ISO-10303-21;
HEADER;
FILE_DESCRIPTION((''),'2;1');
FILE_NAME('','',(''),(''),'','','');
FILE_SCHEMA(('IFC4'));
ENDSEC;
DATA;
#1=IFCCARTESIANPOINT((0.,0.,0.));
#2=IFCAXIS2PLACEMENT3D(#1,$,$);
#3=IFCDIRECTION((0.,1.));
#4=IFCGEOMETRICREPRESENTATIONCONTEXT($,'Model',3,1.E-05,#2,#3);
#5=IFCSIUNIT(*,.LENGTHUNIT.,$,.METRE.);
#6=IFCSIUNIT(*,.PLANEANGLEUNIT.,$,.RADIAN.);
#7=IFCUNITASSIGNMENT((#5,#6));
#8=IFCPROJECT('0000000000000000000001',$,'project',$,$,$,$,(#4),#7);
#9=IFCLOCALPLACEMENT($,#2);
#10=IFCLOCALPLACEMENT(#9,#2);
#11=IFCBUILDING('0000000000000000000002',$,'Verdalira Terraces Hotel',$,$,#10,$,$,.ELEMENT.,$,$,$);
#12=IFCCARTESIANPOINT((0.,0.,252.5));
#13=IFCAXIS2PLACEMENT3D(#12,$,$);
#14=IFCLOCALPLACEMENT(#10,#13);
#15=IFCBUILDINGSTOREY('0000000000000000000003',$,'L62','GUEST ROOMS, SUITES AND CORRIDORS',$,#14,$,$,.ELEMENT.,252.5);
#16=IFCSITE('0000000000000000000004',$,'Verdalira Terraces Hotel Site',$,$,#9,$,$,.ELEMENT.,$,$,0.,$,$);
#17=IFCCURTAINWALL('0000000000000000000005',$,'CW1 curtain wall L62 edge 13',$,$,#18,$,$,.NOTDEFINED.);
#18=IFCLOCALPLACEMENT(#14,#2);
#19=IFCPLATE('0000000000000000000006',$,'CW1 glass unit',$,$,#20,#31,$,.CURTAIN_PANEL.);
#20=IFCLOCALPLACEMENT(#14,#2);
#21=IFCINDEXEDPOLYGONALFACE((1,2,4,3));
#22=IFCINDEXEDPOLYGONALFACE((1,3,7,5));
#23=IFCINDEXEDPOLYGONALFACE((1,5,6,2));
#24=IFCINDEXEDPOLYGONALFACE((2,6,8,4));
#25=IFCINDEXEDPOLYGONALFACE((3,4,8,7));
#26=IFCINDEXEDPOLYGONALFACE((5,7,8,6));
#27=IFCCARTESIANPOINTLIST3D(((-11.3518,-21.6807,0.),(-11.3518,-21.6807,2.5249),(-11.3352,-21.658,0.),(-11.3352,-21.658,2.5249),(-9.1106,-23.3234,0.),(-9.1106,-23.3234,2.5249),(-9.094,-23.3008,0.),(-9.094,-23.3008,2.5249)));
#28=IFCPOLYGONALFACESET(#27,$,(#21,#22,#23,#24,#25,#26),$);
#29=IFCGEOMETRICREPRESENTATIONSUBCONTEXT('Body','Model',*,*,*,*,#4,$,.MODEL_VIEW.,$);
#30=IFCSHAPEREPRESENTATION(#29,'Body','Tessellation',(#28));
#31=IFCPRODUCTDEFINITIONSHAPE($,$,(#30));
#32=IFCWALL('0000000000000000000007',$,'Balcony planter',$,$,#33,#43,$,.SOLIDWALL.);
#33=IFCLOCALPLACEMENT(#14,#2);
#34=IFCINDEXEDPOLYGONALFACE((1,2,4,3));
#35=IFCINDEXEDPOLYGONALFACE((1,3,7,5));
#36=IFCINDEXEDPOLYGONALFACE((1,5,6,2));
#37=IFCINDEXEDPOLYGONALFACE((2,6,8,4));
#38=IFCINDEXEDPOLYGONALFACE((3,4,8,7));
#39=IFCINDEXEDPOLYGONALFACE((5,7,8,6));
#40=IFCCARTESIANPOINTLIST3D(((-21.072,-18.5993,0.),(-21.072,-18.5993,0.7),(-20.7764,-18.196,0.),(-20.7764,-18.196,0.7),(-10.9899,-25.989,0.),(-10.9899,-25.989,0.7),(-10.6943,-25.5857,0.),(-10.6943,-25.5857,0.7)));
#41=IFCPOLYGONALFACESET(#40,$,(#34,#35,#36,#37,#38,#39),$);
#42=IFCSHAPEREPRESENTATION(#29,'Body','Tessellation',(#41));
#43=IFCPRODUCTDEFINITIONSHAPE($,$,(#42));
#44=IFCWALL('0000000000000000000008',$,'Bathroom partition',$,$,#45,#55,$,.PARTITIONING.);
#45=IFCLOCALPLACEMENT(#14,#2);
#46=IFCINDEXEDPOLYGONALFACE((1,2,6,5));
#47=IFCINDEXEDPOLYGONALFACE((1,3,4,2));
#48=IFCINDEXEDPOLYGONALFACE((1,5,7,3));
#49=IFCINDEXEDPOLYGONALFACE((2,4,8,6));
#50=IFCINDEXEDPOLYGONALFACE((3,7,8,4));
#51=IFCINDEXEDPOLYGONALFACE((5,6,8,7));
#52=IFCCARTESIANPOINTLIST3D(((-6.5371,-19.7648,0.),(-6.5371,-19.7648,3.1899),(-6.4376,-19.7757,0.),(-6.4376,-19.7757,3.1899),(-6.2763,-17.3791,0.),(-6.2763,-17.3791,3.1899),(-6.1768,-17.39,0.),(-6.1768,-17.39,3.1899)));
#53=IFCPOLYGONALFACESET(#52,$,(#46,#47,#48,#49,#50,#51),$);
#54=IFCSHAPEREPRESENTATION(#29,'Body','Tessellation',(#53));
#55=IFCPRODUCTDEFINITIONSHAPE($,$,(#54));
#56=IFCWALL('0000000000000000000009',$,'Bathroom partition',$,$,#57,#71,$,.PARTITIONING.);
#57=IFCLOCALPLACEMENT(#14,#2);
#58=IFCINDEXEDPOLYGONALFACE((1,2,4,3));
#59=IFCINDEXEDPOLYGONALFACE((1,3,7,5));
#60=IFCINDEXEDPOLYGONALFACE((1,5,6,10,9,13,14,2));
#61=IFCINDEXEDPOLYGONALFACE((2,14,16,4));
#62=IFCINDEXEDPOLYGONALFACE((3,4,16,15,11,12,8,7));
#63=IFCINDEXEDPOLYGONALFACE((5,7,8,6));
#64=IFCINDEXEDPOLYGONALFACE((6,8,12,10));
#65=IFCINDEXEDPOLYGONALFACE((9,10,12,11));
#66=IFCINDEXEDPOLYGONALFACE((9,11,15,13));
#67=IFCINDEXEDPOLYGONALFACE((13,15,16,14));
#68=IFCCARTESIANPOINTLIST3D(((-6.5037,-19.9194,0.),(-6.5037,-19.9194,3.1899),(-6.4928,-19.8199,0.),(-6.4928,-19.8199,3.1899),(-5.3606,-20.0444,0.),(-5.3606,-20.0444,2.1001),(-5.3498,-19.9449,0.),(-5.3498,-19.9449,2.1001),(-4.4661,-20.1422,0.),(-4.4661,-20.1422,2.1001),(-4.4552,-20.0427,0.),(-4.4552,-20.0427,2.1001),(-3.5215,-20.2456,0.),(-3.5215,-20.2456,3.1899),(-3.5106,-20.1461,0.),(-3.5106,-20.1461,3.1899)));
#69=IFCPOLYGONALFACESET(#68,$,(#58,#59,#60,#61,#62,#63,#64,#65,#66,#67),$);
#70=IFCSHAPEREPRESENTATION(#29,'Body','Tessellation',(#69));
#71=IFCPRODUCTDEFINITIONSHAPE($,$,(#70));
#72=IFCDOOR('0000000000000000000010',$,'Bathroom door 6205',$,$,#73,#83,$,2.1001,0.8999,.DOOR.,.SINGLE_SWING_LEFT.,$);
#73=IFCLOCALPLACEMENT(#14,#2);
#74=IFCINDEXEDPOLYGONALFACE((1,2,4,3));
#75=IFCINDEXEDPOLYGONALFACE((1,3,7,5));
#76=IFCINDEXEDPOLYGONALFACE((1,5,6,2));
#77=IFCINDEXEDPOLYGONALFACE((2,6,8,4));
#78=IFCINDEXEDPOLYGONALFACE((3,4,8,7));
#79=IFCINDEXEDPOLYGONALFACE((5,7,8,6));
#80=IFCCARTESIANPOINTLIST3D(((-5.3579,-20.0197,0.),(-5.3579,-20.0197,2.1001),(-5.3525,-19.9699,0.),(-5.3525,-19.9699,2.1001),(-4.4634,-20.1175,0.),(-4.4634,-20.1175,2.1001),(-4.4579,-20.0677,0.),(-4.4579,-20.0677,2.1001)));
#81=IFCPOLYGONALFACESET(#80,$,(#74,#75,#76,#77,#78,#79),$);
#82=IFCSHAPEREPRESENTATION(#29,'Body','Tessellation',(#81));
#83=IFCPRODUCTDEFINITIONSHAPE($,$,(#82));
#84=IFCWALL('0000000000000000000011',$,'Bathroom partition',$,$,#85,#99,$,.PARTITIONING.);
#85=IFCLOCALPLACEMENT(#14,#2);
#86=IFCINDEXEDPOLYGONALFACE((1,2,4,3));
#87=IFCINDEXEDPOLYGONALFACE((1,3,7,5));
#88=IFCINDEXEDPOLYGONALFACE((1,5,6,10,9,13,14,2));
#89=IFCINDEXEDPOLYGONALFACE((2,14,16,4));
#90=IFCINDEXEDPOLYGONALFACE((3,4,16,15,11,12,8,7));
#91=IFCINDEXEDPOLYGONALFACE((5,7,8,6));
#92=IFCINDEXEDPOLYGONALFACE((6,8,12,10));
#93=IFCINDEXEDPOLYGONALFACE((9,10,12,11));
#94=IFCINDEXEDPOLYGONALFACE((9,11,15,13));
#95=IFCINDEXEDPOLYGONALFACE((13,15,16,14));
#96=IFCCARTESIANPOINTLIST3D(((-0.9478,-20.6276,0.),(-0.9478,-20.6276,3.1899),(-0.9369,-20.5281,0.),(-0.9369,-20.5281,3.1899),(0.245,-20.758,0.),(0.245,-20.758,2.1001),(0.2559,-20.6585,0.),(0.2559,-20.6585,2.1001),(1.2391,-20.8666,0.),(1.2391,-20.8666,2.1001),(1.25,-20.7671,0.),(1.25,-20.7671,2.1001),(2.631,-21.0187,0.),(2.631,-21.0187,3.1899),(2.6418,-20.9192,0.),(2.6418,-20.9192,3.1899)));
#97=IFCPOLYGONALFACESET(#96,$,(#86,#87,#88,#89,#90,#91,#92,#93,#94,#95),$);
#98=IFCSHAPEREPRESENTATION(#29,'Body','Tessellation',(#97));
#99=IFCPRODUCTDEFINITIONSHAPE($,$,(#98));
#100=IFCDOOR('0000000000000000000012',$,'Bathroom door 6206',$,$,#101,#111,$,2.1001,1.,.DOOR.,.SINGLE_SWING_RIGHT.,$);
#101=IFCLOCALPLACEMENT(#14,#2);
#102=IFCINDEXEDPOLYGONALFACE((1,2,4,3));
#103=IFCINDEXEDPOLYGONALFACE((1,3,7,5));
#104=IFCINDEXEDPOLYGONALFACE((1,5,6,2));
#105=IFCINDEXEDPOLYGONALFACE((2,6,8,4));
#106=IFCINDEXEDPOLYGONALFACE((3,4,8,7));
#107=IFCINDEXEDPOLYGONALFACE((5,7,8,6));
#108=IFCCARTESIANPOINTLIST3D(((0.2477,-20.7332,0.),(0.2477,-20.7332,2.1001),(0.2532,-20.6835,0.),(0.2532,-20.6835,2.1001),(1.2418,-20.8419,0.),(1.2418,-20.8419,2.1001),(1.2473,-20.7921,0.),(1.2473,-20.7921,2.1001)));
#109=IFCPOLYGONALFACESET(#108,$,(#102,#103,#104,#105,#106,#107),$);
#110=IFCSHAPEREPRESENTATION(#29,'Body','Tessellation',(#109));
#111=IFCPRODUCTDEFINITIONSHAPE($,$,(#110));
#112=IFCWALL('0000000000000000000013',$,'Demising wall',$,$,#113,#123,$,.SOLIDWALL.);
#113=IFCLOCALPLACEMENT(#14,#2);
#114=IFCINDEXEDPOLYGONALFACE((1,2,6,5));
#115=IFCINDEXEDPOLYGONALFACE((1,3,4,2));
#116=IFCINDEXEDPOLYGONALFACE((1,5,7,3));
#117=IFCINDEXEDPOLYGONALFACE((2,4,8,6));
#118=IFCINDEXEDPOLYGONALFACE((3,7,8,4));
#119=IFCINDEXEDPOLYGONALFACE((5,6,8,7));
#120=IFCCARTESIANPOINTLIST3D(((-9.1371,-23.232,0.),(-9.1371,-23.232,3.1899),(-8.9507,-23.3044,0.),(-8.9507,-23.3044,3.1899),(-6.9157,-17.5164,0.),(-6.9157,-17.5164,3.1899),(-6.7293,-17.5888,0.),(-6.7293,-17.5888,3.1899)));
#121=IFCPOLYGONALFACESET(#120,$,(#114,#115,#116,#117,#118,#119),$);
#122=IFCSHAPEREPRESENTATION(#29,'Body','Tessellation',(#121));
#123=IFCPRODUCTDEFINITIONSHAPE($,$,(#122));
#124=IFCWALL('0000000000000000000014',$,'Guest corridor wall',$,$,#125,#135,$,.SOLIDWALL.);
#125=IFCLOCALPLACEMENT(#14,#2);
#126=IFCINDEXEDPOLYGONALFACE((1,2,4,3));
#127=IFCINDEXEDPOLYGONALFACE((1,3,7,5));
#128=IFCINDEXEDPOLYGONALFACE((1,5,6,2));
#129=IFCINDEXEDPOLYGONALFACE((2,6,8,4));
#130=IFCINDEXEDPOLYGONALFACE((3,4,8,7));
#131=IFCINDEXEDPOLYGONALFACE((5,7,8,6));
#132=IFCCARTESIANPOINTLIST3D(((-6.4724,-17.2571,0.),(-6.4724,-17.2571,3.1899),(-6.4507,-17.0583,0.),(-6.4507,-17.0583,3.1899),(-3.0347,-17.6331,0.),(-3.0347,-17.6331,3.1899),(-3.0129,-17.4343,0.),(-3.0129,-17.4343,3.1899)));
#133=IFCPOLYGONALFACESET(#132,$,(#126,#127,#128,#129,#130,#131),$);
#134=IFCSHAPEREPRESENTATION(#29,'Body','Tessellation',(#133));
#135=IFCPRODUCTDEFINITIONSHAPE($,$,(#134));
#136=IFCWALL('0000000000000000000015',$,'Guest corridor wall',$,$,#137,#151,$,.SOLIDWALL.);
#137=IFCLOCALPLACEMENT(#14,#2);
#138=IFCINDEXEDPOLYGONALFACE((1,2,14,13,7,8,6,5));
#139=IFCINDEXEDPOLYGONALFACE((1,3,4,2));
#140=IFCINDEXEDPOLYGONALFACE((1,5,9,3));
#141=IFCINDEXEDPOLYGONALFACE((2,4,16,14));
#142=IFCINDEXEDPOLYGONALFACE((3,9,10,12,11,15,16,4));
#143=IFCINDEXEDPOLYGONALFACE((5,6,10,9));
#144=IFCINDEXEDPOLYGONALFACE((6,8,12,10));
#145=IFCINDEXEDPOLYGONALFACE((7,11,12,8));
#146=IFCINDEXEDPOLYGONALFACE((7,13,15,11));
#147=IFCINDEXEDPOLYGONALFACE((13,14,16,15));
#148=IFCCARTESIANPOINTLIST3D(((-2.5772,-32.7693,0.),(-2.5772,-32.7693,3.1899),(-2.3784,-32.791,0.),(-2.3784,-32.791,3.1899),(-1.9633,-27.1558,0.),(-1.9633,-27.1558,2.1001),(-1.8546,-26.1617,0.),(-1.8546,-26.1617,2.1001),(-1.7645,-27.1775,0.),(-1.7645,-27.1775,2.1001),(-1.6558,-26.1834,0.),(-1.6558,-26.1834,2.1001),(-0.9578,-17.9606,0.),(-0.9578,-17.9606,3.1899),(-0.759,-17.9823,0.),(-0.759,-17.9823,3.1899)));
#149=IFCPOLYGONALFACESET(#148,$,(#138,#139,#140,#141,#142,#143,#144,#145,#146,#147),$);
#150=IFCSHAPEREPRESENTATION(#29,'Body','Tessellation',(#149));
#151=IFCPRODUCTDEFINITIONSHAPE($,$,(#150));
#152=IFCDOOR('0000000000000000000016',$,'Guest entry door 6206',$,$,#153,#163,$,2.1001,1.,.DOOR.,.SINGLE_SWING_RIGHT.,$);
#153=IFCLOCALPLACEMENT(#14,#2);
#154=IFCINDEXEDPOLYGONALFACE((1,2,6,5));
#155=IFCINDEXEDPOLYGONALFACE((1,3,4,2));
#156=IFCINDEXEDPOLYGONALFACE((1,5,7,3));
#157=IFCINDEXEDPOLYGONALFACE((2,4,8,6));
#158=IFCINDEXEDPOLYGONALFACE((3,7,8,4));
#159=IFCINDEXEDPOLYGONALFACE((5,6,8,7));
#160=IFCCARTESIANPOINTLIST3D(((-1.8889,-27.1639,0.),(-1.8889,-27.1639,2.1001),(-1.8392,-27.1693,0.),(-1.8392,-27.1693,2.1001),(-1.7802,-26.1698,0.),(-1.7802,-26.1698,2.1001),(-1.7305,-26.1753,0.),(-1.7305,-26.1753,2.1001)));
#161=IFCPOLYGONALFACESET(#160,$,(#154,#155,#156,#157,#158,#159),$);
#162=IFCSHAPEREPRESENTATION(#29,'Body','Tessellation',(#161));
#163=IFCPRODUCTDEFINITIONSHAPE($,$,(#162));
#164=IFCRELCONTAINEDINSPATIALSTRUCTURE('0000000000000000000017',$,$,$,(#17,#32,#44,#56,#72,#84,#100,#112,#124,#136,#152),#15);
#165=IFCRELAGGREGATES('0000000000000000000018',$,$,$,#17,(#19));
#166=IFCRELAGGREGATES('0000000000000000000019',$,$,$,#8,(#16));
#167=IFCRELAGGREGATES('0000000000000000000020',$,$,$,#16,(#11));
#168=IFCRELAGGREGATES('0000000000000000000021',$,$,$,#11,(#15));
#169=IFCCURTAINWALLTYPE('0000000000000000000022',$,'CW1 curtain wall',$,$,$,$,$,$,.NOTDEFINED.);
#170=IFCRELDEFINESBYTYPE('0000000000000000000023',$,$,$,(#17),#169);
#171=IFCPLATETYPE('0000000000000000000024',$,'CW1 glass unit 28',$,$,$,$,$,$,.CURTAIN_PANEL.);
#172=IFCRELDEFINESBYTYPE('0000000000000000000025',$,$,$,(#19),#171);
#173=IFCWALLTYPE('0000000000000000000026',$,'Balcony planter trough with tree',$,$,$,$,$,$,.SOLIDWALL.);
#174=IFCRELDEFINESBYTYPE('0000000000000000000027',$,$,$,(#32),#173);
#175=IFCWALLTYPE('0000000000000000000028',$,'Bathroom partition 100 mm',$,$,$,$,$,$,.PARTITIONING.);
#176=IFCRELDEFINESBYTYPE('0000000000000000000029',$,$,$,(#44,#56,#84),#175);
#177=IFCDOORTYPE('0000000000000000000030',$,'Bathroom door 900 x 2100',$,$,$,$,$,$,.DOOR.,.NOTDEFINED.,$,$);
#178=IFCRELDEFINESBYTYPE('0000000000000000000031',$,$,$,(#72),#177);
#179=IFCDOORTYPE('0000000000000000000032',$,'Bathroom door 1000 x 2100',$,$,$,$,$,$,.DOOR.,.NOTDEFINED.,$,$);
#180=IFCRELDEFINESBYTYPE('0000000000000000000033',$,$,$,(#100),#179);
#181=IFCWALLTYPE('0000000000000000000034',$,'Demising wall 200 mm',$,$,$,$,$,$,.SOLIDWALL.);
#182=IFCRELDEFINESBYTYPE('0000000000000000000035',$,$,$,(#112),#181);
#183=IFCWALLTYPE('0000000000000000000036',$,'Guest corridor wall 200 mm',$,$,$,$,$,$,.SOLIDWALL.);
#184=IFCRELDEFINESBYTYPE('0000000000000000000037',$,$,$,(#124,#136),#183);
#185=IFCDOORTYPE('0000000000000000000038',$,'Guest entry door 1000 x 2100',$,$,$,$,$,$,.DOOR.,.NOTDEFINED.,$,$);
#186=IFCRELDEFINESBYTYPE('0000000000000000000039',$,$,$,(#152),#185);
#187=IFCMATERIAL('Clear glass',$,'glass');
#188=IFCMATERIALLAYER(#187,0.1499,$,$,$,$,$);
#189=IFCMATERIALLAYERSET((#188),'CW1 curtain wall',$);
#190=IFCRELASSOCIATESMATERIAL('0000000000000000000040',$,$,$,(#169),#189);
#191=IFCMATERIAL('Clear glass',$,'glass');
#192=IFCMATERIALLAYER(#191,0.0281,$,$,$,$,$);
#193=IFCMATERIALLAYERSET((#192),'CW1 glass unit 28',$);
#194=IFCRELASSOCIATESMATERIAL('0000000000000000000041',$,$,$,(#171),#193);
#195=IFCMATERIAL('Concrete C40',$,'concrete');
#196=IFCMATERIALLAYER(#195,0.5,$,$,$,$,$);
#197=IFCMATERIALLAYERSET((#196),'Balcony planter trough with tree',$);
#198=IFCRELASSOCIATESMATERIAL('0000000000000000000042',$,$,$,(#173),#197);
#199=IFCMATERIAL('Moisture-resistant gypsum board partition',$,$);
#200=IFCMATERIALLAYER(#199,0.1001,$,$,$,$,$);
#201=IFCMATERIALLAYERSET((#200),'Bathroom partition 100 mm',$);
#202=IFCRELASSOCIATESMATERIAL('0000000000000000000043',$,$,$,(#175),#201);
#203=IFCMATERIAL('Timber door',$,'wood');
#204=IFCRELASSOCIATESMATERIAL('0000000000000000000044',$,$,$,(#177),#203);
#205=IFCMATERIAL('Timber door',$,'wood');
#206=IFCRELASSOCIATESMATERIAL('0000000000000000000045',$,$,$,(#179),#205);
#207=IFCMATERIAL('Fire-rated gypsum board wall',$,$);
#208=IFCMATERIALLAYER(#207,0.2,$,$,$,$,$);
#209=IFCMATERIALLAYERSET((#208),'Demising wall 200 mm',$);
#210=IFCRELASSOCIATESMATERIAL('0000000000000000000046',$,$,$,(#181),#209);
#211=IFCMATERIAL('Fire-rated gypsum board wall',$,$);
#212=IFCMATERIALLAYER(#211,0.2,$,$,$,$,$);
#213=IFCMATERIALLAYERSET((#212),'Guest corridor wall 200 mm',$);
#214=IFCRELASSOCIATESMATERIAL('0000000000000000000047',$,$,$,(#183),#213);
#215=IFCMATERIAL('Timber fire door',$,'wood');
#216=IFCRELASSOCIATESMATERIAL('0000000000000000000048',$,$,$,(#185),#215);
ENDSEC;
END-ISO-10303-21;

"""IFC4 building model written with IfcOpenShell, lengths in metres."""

from ifc_helpers import new_model, si_unit, direction, frame, frame_2d, origin, origin_2d, place, context, subcontext, project, spatial, rectangle, extrude, material, layer, layer_set, type_object, element, fill, aggregate, save


model = new_model("IFC4")

# Units and contexts
model_context = context("Model", 3, precision=1e-05, world=origin(), true_north=direction((0.0, 1.0)))
body_context = subcontext(model_context, "Body", "Model", "MODEL_VIEW")
ifc_project = project(units=[si_unit("LENGTHUNIT", "METRE"), si_unit("PLANEANGLEUNIT", "RADIAN")], contexts=[model_context])

# Site, building, storey
site_placement = place(None, origin())
site = spatial("IfcSite", under=ifc_project, at=site_placement, Name="Verdalira Terraces Hotel Site", CompositionType="ELEMENT", RefElevation=0.0)
building_placement = place(site_placement, origin())
building = spatial("IfcBuilding", under=site, at=building_placement, Name="Verdalira Terraces Hotel", CompositionType="ELEMENT")
storey_placement = place(building_placement, frame((0.0, 0.0, 252.5)))
storey = spatial("IfcBuildingStorey", under=building, at=storey_placement, Name="L62", Description="GUEST ROOMS, SUITES AND CORRIDORS", CompositionType="ELEMENT", Elevation=252.5)

# Curtain wall
ifc_material_1 = material(Name="Clear glass", Category="glass")
ifc_layer_1 = layer(ifc_material_1, 0.1499)
ifc_layer_set_1 = layer_set([ifc_layer_1], Name="CW1 curtain wall")
curtain_wall_type_1 = type_object("IfcCurtainWallType", Name="CW1 curtain wall", PredefinedType="NOTDEFINED", material=ifc_layer_set_1)
curtain_wall_1_placement = place(storey_placement, origin())
curtain_wall_1 = element("IfcCurtainWall", 1, at=curtain_wall_1_placement, inside=storey, type_object=curtain_wall_type_1, Name="CW1 curtain wall L62 edge 13", PredefinedType="NOTDEFINED")

# Plate
ifc_material_2 = material(Name="Clear glass", Category="glass")
ifc_layer_2 = layer(ifc_material_2, 0.0281)
ifc_layer_set_2 = layer_set([ifc_layer_2], Name="CW1 glass unit 28")
plate_type = type_object("IfcPlateType", Name="CW1 glass unit 28", PredefinedType="CURTAIN_PANEL", material=ifc_layer_set_2)
plate_placement = place(storey_placement, frame((-10.2229, -22.4907, 0.0), z_axis=(0.0, 0.0, 1.0), x_axis=(0.806548, -0.591169, 0.0)))
plate = element("IfcPlate", 2, at=plate_placement, type_object=plate_type, Name="CW1 glass unit", PredefinedType="CURTAIN_PANEL", context=body_context, shape_type="SweptSolid", body=[
    extrude(rectangle(XDim=2.7788, YDim=0.0281, at=origin_2d()), origin(), (0.0, 0.0, 1.0), 2.5249),
])
aggregate(curtain_wall_1, [plate])

# Walls
ifc_material_3 = material(Name="Concrete C40", Category="concrete")
ifc_layer_3 = layer(ifc_material_3, 0.5)
ifc_layer_set_3 = layer_set([ifc_layer_3], Name="Balcony planter trough with tree")
wall_type_1 = type_object("IfcWallType", Name="Balcony planter trough with tree", PredefinedType="SOLIDWALL", material=ifc_layer_set_3)
wall_1_placement = place(storey_placement, frame((-20.9241, -18.3977, 0.0), z_axis=(0.0, 0.0, 1.0), x_axis=(0.806552, -0.591164, 0.0)))
element("IfcWall", 3, at=wall_1_placement, inside=storey, type_object=wall_type_1, Name="Balcony planter", PredefinedType="SOLIDWALL", context=body_context, shape_type="SweptSolid", body=[
    extrude(rectangle(XDim=12.5002, YDim=0.5, at=frame_2d((6.25, 0.0))), origin(), (0.0, 0.0, 1.0), 0.7),
])
ifc_material_4 = material(Name="Moisture-resistant gypsum board partition")
ifc_layer_4 = layer(ifc_material_4, 0.1001)
ifc_layer_set_4 = layer_set([ifc_layer_4], Name="Bathroom partition 100 mm")
wall_type_2 = type_object("IfcWallType", Name="Bathroom partition 100 mm", PredefinedType="PARTITIONING", material=ifc_layer_set_4)
wall_2_placement = place(storey_placement, frame((-6.4873, -19.7703, 0.0), z_axis=(0.0, 0.0, 1.0), x_axis=(0.108645, 0.994081, 0.0)))
element("IfcWall", 4, at=wall_2_placement, inside=storey, type_object=wall_type_2, Name="Bathroom partition", PredefinedType="PARTITIONING", context=body_context, shape_type="SweptSolid", body=[
    extrude(rectangle(XDim=2.3999, YDim=0.1001, at=frame_2d((1.2, 0.0))), origin(), (0.0, 0.0, 1.0), 3.1899),
])

# Walls, openings, doors
wall_3_placement = place(storey_placement, frame((-6.4983, -19.8696, 0.0), z_axis=(0.0, 0.0, 1.0), x_axis=(0.994072, -0.108725, 0.0)))
wall_3 = element("IfcWall", 5, at=wall_3_placement, inside=storey, type_object=wall_type_2, Name="Bathroom partition", PredefinedType="PARTITIONING", context=body_context, shape_type="SweptSolid", body=[
    extrude(rectangle(XDim=3.0, YDim=0.1001, at=frame_2d((1.5, 0.0))), origin(), (0.0, 0.0, 1.0), 3.1899),
])
opening_1_placement = place(wall_3_placement, frame((1.1499, 0.0, 0.0)))
opening_1 = element("IfcOpeningElement", 6, at=opening_1_placement, cuts=wall_3, PredefinedType="OPENING", context=body_context, shape_type="SweptSolid", body=[
    extrude(rectangle(XDim=0.8999, YDim=2.1001, at=frame_2d((0.45, 1.05))), frame((0.0, 0.0601, 0.0), z_axis=(0.0, -1.0, 0.0), x_axis=(1.0, 0.0, 0.0)), (0.0, 0.0, 1.0), 0.1201),
])
ifc_material_5 = material(Name="Timber door", Category="wood")
door_type_1 = type_object("IfcDoorType", Name="Bathroom door 900 x 2100", OperationType="NOTDEFINED", PredefinedType="DOOR", material=ifc_material_5)
door_1_placement = place(opening_1_placement, origin())
door_1 = element("IfcDoor", 7, at=door_1_placement, inside=storey, type_object=door_type_1, Name="Bathroom door 6205", OperationType="SINGLE_SWING_LEFT", OverallHeight=2.1001, OverallWidth=0.8999, PredefinedType="DOOR", context=body_context, shape_type="SweptSolid", body=[
    extrude(rectangle(XDim=0.8999, YDim=2.1001, at=frame_2d((0.45, 1.05))), frame((0.0, 0.0249, 0.0), z_axis=(0.0, -1.0, 0.0), x_axis=(1.0, 0.0, 0.0)), (0.0, 0.0, 1.0), 0.05),
])
fill(opening_1, door_1)
wall_4_placement = place(storey_placement, frame((-0.9424, -20.5779, 0.0), z_axis=(0.0, 0.0, 1.0), x_axis=(0.994081, -0.108638, 0.0)))
wall_4 = element("IfcWall", 8, at=wall_4_placement, inside=storey, type_object=wall_type_2, Name="Bathroom partition", PredefinedType="PARTITIONING", context=body_context, shape_type="SweptSolid", body=[
    extrude(rectangle(XDim=3.6001, YDim=0.1001, at=frame_2d((1.8, 0.0))), origin(), (0.0, 0.0, 1.0), 3.1899),
])
opening_2_placement = place(wall_4_placement, frame((1.2, 0.0, 0.0)))
opening_2 = element("IfcOpeningElement", 9, at=opening_2_placement, cuts=wall_4, PredefinedType="OPENING", context=body_context, shape_type="SweptSolid", body=[
    extrude(rectangle(XDim=1.0, YDim=2.1001, at=frame_2d((0.5, 1.05))), frame((0.0, 0.0601, 0.0), z_axis=(0.0, -1.0, 0.0), x_axis=(1.0, 0.0, 0.0)), (0.0, 0.0, 1.0), 0.1201),
])
ifc_material_6 = material(Name="Timber door", Category="wood")
door_type_2 = type_object("IfcDoorType", Name="Bathroom door 1000 x 2100", OperationType="NOTDEFINED", PredefinedType="DOOR", material=ifc_material_6)
door_2_placement = place(opening_2_placement, origin())
door_2 = element("IfcDoor", 10, at=door_2_placement, inside=storey, type_object=door_type_2, Name="Bathroom door 6206", OperationType="SINGLE_SWING_RIGHT", OverallHeight=2.1001, OverallWidth=1.0, PredefinedType="DOOR", context=body_context, shape_type="SweptSolid", body=[
    extrude(rectangle(XDim=1.0, YDim=2.1001, at=frame_2d((0.5, 1.05))), frame((0.0, 0.0249, 0.0), z_axis=(0.0, -1.0, 0.0), x_axis=(1.0, 0.0, 0.0)), (0.0, 0.0, 1.0), 0.05),
])
fill(opening_2, door_2)

# Walls
ifc_material_7 = material(Name="Fire-rated gypsum board wall")
ifc_layer_5 = layer(ifc_material_7, 0.2)
ifc_layer_set_5 = layer_set([ifc_layer_5], Name="Demising wall 200 mm")
wall_type_3 = type_object("IfcWallType", Name="Demising wall 200 mm", PredefinedType="SOLIDWALL", material=ifc_layer_set_5)
wall_5_placement = place(storey_placement, frame((-6.8225, -17.5527, 0.0), z_axis=(0.0, 0.0, 1.0), x_axis=(-0.362264, -0.932076, 0.0)))
element("IfcWall", 11, at=wall_5_placement, inside=storey, type_object=wall_type_3, Name="Demising wall", PredefinedType="SOLIDWALL", context=body_context, shape_type="SweptSolid", body=[
    extrude(rectangle(XDim=6.1321, YDim=0.2, at=frame_2d((3.0659, 0.0))), origin(), (0.0, 0.0, 1.0), 3.1899),
])
ifc_material_8 = material(Name="Fire-rated gypsum board wall")
ifc_layer_6 = layer(ifc_material_8, 0.2)
ifc_layer_set_6 = layer_set([ifc_layer_6], Name="Guest corridor wall 200 mm")
wall_type_4 = type_object("IfcWallType", Name="Guest corridor wall 200 mm", PredefinedType="SOLIDWALL", material=ifc_layer_set_6)
wall_6_placement = place(storey_placement, frame((-6.4614, -17.1577, 0.0), z_axis=(0.0, 0.0, 1.0), x_axis=(0.994073, -0.108719, 0.0)))
element("IfcWall", 12, at=wall_6_placement, inside=storey, type_object=wall_type_4, Name="Guest corridor wall", PredefinedType="SOLIDWALL", context=body_context, shape_type="SweptSolid", body=[
    extrude(rectangle(XDim=3.4583, YDim=0.2, at=frame_2d((1.729, 0.0))), origin(), (0.0, 0.0, 1.0), 3.1899),
])

# Wall, opening, door
wall_7_placement = place(storey_placement, frame((-0.8584, -17.9714, 0.0), z_axis=(0.0, 0.0, 1.0), x_axis=(-0.108706, -0.994074, 0.0)))
wall_7 = element("IfcWall", 13, at=wall_7_placement, inside=storey, type_object=wall_type_4, Name="Guest corridor wall", PredefinedType="SOLIDWALL", context=body_context, shape_type="SweptSolid", body=[
    extrude(rectangle(XDim=14.897, YDim=0.2, at=frame_2d((7.4485, 0.0))), origin(), (0.0, 0.0, 1.0), 3.1899),
])
opening_3_placement = place(wall_7_placement, frame((8.25, 0.0, 0.0)))
opening_3 = element("IfcOpeningElement", 14, at=opening_3_placement, cuts=wall_7, PredefinedType="OPENING", context=body_context, shape_type="SweptSolid", body=[
    extrude(rectangle(XDim=1.0, YDim=2.1001, at=frame_2d((0.5, 1.05))), frame((0.0, 0.1099, 0.0), z_axis=(0.0, -1.0, 0.0), x_axis=(1.0, 0.0, 0.0)), (0.0, 0.0, 1.0), 0.22),
])
ifc_material_9 = material(Name="Timber fire door", Category="wood")
door_type_3 = type_object("IfcDoorType", Name="Guest entry door 1000 x 2100", OperationType="NOTDEFINED", PredefinedType="DOOR", material=ifc_material_9)
door_3_placement = place(opening_3_placement, origin())
door_3 = element("IfcDoor", 15, at=door_3_placement, inside=storey, type_object=door_type_3, Name="Guest entry door 6206", OperationType="SINGLE_SWING_RIGHT", OverallHeight=2.1001, OverallWidth=1.0, PredefinedType="DOOR", context=body_context, shape_type="SweptSolid", body=[
    extrude(rectangle(XDim=1.0, YDim=2.1001, at=frame_2d((0.5, 1.05))), frame((0.0, 0.0249, 0.0), z_axis=(0.0, -1.0, 0.0), x_axis=(1.0, 0.0, 0.0)), (0.0, 0.0, 1.0), 0.05),
])
fill(opening_3, door_3)

save(model, "model.ifc")
